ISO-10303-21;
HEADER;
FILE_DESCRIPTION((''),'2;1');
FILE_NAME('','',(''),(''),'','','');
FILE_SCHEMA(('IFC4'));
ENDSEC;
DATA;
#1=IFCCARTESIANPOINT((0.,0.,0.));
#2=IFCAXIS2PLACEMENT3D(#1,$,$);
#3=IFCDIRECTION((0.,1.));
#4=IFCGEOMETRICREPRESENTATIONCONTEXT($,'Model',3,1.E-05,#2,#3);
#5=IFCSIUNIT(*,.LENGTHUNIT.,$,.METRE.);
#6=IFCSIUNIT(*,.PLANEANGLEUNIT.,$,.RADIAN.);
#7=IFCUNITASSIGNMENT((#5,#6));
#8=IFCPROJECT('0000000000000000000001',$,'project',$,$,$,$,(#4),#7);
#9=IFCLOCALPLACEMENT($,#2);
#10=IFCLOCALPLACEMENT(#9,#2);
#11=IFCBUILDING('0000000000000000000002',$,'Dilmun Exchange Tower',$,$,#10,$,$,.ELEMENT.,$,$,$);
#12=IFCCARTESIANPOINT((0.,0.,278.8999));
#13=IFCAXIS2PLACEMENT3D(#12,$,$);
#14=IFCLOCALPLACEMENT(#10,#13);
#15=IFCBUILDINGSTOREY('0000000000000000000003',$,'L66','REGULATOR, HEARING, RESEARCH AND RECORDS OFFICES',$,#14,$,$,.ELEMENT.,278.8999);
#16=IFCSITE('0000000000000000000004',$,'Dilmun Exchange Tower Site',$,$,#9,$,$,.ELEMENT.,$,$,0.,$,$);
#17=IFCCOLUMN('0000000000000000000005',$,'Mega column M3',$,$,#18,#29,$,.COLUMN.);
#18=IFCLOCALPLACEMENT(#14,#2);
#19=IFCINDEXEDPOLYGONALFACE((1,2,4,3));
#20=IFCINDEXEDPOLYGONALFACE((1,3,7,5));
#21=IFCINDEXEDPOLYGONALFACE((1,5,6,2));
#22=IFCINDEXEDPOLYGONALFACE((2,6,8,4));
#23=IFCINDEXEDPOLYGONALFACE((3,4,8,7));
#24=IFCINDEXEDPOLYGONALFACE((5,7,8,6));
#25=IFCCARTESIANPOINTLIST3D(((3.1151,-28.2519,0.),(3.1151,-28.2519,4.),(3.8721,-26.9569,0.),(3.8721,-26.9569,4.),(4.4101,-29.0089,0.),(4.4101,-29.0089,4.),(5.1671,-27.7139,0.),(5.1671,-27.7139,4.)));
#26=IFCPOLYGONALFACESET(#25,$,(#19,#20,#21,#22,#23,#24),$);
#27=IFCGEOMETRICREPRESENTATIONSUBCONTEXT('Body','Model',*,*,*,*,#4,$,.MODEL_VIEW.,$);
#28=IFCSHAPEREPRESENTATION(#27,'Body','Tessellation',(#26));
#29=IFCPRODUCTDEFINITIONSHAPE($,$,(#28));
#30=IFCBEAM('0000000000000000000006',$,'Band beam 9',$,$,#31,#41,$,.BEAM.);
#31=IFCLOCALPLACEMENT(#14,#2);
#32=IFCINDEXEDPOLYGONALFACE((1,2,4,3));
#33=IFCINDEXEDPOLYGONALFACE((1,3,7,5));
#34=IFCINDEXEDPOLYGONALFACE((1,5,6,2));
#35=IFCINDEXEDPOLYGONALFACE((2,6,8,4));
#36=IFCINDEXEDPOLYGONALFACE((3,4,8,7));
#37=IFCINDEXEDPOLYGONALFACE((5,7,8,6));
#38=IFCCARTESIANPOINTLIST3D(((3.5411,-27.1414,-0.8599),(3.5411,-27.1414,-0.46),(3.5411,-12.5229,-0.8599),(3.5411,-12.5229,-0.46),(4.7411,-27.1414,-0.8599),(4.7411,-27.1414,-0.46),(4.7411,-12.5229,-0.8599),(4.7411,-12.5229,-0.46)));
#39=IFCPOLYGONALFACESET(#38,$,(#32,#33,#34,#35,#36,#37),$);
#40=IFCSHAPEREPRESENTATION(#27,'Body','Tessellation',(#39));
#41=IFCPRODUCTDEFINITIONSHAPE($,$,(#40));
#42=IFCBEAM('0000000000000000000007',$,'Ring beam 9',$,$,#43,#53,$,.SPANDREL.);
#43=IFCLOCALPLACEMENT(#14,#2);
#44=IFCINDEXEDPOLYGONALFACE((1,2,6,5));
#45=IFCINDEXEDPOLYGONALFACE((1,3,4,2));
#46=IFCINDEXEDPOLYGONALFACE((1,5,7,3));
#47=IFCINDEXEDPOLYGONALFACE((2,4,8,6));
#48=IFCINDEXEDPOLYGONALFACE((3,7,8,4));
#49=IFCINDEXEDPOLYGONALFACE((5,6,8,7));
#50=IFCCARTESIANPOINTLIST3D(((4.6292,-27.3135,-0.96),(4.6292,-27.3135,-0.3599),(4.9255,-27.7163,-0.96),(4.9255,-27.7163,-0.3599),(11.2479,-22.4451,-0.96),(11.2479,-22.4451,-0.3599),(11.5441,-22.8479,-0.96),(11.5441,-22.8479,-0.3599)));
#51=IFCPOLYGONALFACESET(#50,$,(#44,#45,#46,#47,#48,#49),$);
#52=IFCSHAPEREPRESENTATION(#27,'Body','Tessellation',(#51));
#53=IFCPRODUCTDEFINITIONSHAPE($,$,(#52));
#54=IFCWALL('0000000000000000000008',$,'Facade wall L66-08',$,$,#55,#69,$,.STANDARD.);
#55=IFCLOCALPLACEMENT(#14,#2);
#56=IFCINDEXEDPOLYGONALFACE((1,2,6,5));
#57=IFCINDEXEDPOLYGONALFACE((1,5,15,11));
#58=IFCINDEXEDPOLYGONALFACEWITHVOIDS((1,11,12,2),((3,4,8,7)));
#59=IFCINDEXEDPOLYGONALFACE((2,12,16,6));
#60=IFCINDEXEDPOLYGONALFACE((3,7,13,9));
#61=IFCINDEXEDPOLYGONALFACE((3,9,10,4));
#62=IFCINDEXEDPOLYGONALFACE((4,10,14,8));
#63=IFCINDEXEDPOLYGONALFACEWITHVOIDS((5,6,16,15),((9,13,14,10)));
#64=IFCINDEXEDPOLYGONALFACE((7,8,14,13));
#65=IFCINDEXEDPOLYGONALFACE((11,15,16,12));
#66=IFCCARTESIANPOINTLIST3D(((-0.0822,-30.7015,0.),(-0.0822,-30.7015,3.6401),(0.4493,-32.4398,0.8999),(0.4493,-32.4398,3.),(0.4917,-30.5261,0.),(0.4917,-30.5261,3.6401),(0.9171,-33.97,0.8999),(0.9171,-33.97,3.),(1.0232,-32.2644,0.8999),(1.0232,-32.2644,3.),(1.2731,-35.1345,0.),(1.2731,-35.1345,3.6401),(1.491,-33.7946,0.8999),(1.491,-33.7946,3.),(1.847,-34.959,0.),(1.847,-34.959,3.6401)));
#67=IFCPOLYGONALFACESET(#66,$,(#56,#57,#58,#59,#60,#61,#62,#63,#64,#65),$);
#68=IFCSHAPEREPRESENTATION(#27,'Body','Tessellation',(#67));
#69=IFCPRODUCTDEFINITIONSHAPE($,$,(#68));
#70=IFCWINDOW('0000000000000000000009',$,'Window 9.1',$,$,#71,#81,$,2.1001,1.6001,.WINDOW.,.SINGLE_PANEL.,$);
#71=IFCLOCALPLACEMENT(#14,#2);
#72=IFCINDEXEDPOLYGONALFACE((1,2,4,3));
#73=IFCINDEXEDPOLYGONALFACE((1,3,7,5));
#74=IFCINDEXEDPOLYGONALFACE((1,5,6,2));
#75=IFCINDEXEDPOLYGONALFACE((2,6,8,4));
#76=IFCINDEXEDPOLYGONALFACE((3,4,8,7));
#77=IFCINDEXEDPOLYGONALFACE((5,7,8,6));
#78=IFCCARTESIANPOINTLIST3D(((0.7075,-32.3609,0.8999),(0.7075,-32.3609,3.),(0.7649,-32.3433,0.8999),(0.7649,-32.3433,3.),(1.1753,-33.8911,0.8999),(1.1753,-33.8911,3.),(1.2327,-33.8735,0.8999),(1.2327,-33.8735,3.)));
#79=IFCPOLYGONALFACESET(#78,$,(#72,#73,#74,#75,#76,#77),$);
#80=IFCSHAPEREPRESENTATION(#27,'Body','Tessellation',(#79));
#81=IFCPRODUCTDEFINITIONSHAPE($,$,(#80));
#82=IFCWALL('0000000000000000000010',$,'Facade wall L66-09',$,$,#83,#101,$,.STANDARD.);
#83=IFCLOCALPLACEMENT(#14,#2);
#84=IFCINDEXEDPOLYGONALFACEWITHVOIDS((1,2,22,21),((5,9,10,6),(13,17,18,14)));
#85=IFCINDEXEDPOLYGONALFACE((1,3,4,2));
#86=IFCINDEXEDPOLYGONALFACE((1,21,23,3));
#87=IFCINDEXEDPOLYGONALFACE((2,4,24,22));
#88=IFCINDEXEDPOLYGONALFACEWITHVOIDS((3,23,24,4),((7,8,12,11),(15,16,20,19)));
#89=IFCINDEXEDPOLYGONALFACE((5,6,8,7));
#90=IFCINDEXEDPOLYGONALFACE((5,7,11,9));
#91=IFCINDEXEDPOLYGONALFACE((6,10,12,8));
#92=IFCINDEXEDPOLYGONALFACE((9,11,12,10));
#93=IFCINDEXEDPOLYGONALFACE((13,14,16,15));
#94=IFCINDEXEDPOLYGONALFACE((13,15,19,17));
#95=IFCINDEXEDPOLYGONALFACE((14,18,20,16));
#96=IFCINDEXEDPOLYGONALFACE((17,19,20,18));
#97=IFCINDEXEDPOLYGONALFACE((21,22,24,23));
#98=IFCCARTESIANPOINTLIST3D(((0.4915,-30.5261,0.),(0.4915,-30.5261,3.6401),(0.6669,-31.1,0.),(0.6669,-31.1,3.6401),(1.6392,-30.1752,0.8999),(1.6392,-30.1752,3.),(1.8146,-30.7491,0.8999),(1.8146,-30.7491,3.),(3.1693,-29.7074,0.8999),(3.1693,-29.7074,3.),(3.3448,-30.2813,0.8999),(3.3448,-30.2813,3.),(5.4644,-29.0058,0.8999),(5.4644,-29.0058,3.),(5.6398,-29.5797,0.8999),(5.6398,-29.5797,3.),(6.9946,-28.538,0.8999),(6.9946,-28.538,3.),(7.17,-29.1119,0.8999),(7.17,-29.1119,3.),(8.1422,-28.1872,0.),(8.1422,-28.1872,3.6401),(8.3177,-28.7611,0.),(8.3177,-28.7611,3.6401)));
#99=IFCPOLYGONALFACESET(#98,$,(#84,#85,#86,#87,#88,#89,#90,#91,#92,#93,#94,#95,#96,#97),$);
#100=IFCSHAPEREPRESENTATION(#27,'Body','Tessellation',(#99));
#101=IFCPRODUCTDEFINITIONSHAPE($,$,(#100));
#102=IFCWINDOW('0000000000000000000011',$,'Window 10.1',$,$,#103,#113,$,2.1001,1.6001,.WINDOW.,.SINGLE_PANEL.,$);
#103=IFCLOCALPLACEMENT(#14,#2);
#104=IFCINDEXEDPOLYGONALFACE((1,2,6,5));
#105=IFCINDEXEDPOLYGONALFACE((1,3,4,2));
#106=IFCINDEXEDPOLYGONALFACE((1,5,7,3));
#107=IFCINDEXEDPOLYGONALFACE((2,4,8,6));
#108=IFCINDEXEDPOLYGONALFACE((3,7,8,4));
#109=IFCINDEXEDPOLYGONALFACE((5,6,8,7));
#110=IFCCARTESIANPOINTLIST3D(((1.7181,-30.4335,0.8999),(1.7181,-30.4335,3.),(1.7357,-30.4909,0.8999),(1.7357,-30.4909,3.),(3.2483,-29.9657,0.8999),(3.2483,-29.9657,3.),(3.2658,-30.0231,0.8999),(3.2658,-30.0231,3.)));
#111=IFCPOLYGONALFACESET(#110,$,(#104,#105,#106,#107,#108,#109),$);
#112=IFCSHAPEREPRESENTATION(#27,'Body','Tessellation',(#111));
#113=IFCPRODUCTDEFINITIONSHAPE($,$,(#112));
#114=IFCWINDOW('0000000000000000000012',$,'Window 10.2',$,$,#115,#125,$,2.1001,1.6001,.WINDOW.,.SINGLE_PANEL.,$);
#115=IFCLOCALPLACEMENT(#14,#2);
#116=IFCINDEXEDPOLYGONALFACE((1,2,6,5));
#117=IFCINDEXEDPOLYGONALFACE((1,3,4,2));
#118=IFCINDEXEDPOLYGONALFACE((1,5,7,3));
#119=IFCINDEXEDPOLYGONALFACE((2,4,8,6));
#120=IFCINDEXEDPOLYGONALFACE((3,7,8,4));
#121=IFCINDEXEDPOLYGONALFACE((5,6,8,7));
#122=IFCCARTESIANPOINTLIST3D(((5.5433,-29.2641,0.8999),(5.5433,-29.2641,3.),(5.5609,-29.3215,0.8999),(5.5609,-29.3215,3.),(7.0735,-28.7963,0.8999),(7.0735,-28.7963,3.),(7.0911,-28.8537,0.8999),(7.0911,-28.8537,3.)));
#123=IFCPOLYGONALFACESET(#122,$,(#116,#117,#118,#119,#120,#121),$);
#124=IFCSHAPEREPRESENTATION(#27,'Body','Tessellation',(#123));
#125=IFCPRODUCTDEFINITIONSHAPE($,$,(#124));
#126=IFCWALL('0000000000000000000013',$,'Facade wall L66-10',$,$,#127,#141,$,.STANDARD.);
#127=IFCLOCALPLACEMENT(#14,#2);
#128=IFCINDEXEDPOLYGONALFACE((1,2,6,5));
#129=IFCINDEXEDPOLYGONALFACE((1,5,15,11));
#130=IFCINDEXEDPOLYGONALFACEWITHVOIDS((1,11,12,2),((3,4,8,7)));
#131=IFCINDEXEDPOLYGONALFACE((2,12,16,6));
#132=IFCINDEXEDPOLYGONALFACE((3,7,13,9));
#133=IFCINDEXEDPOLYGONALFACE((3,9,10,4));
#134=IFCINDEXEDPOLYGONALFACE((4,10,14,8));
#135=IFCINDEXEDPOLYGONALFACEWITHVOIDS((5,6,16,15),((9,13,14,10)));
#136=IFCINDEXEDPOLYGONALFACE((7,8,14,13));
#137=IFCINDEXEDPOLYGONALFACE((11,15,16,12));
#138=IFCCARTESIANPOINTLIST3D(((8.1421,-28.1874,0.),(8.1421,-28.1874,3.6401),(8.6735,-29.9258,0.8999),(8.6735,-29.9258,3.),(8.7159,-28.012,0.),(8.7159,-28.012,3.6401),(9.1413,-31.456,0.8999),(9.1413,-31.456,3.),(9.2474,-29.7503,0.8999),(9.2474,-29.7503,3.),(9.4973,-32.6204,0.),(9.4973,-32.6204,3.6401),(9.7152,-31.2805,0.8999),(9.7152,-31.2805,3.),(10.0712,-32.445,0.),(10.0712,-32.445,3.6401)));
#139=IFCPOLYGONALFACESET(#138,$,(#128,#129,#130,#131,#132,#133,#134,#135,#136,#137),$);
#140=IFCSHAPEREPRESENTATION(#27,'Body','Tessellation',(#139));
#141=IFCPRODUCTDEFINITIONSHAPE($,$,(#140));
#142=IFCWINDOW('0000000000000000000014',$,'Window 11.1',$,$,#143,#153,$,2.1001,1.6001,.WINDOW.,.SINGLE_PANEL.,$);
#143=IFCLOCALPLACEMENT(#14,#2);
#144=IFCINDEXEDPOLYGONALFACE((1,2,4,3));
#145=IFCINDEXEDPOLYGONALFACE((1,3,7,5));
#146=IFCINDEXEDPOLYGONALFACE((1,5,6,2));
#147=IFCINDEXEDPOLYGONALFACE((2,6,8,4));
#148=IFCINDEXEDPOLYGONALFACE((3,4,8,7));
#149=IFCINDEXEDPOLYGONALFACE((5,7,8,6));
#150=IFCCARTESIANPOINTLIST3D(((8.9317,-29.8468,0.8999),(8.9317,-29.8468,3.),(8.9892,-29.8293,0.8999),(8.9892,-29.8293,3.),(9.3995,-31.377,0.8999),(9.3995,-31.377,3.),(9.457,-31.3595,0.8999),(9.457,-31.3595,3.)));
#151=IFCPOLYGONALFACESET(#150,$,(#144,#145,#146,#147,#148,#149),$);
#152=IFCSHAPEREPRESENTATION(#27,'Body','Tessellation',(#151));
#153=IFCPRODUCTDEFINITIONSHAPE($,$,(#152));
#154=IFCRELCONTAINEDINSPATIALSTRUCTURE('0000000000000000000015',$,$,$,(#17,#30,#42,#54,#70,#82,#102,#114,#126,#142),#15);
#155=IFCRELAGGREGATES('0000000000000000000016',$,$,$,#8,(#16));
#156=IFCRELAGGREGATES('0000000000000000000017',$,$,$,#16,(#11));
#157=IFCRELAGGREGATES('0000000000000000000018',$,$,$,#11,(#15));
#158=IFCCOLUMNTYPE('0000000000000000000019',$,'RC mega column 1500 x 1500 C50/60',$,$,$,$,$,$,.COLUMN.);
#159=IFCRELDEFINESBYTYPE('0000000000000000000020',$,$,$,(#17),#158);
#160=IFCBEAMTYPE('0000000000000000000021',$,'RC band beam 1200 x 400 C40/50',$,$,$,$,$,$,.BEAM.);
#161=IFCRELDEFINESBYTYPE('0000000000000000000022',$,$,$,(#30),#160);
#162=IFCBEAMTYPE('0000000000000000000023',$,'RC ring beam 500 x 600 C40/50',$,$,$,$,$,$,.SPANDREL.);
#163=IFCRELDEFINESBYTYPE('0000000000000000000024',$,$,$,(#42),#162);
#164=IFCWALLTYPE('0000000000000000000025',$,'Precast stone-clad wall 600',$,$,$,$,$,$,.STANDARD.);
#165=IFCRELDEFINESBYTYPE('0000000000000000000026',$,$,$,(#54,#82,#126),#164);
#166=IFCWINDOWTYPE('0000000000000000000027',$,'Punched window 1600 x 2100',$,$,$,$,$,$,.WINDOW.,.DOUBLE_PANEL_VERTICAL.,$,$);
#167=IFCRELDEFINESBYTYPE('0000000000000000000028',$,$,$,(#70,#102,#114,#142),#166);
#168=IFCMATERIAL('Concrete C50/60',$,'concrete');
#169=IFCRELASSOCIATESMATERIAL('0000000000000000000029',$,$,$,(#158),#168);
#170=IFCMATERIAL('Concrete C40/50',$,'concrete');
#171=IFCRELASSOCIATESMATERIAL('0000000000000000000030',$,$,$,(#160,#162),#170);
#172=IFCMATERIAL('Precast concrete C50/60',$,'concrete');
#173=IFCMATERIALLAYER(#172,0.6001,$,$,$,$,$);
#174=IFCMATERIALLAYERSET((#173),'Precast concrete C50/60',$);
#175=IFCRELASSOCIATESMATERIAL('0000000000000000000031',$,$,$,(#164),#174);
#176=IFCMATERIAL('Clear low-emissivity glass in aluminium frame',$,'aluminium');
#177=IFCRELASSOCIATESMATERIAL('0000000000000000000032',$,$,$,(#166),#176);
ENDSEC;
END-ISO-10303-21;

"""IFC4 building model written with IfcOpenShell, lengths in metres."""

from ifc_helpers import new_model, si_unit, direction, frame, frame_2d, origin, origin_2d, place, context, subcontext, project, spatial, rectangle, extrude, material, layer, layer_set, material_profile, profile_set, type_object, element, fill, save


model = new_model("IFC4")

# Units and contexts
model_context = context("Model", 3, precision=1e-05, world=origin(), true_north=direction((0.0, 1.0)))
body_context = subcontext(model_context, "Body", "Model", "MODEL_VIEW")
ifc_project = project(units=[si_unit("LENGTHUNIT", "METRE"), si_unit("PLANEANGLEUNIT", "RADIAN")], contexts=[model_context])

# Site, building, storey
site_placement = place(None, origin())
site = spatial("IfcSite", under=ifc_project, at=site_placement, Name="Dilmun Exchange Tower Site", CompositionType="ELEMENT", RefElevation=0.0)
building_placement = place(site_placement, origin())
building = spatial("IfcBuilding", under=site, at=building_placement, Name="Dilmun Exchange Tower", CompositionType="ELEMENT")
storey_placement = place(building_placement, frame((0.0, 0.0, 278.8999)))
storey = spatial("IfcBuildingStorey", under=building, at=storey_placement, Name="L66", Description="REGULATOR, HEARING, RESEARCH AND RECORDS OFFICES", CompositionType="ELEMENT", Elevation=278.8999)

# Column
ifc_material_1 = material(Name="Concrete C50/60", Category="concrete")
ifc_material_profile_1 = material_profile(ifc_material_1, rectangle(XDim=1.5, YDim=1.5, at=origin_2d()), Name="1500 x 1500")
ifc_profile_set_1 = profile_set([ifc_material_profile_1], Name="Concrete C50/60")
column_type = type_object("IfcColumnType", Name="RC mega column 1500 x 1500 C50/60", PredefinedType="COLUMN", material=ifc_profile_set_1)
column_placement = place(storey_placement, frame((4.1411, -27.9829, 0.0), z_axis=(0.0, 0.0, 1.0), x_axis=(0.504644, 0.863328, 0.0)))
element("IfcColumn", 1, at=column_placement, inside=storey, type_object=column_type, Name="Mega column M3", PredefinedType="COLUMN", context=body_context, shape_type="SweptSolid", body=[
    extrude(rectangle(XDim=1.5, YDim=1.5, at=origin_2d()), origin(), (0.0, 0.0, 1.0), 4.0),
])

# Beams
ifc_material_2 = material(Name="Concrete C40/50", Category="concrete")
ifc_material_profile_2 = material_profile(ifc_material_2, rectangle(XDim=1.2, YDim=0.3999, at=origin_2d()), Name="1200 x 400")
ifc_profile_set_2 = profile_set([ifc_material_profile_2], Name="Concrete C40/50")
beam_type_1 = type_object("IfcBeamType", Name="RC band beam 1200 x 400 C40/50", PredefinedType="BEAM", material=ifc_profile_set_2)
beam_1_placement = place(storey_placement, frame((4.1411, -27.1414, -0.6599), z_axis=(0.0, 1.0, 0.0), x_axis=(-1.0, 0.0, 0.0)))
element("IfcBeam", 2, at=beam_1_placement, inside=storey, type_object=beam_type_1, Name="Band beam 9", PredefinedType="BEAM", context=body_context, shape_type="SweptSolid", body=[
    extrude(rectangle(XDim=1.2, YDim=0.3999, at=origin_2d()), origin(), (0.0, 0.0, 1.0), 14.6184),
])
ifc_material_profile_3 = material_profile(ifc_material_2, rectangle(XDim=0.5, YDim=0.6001, at=origin_2d()), Name="500 x 600")
ifc_profile_set_3 = profile_set([ifc_material_profile_3], Name="Concrete C40/50")
beam_type_2 = type_object("IfcBeamType", Name="RC ring beam 500 x 600 C40/50", PredefinedType="SPANDREL", material=ifc_profile_set_3)
beam_2_placement = place(storey_placement, frame((4.7773, -27.5149, -0.6599), z_axis=(0.805549, 0.592529, 0.0), x_axis=(-0.592529, 0.805549, 0.0)))
element("IfcBeam", 3, at=beam_2_placement, inside=storey, type_object=beam_type_2, Name="Ring beam 9", PredefinedType="SPANDREL", context=body_context, shape_type="SweptSolid", body=[
    extrude(rectangle(XDim=0.5, YDim=0.6001, at=origin_2d()), origin(), (0.0, 0.0, 1.0), 8.2163),
])

# Wall, opening, window
ifc_material_3 = material(Name="Precast concrete C50/60", Category="concrete")
ifc_layer = layer(ifc_material_3, 0.6001)
ifc_layer_set = layer_set([ifc_layer], Name="Precast concrete C50/60")
wall_type = type_object("IfcWallType", Name="Precast stone-clad wall 600", PredefinedType="STANDARD", material=ifc_layer_set)
wall_1_placement = place(storey_placement, frame((1.5601, -35.0469, 0.0), z_axis=(0.0, 0.0, 1.0), x_axis=(-0.292364, 0.956307, 0.0)))
wall_1 = element("IfcWall", 4, at=wall_1_placement, inside=storey, type_object=wall_type, Name="Facade wall L66-08", PredefinedType="STANDARD", context=body_context, shape_type="SweptSolid", body=[
    extrude(rectangle(XDim=4.6355, YDim=0.6001, at=frame_2d((2.3179, 0.0))), origin(), (0.0, 0.0, 1.0), 3.6401),
])
opening_1_placement = place(wall_1_placement, frame((1.2178, 0.0, 0.8999)))
opening_1 = element("IfcOpeningElement", 5, at=opening_1_placement, cuts=wall_1, PredefinedType="OPENING", context=body_context, shape_type="SweptSolid", body=[
    extrude(rectangle(XDim=1.6001, YDim=2.1001, at=frame_2d((0.8, 1.05))), frame((0.0, 0.3101, 0.0), z_axis=(0.0, -1.0, 0.0), x_axis=(1.0, 0.0, 0.0)), (0.0, 0.0, 1.0), 0.6201),
])
ifc_material_4 = material(Name="Clear low-emissivity glass in aluminium frame", Category="aluminium")
window_type_1 = type_object("IfcWindowType", Name="Punched window 1600 x 2100", PartitioningType="DOUBLE_PANEL_VERTICAL", PredefinedType="WINDOW", material=ifc_material_4)
window_1_placement = place(opening_1_placement, origin())
window_1 = element("IfcWindow", 6, at=window_1_placement, inside=storey, type_object=window_type_1, Name="Window 9.1", OverallHeight=2.1001, OverallWidth=1.6001, PartitioningType="SINGLE_PANEL", PredefinedType="WINDOW", context=body_context, shape_type="SweptSolid", body=[
    extrude(rectangle(XDim=1.6001, YDim=2.1001, at=frame_2d((0.8, 1.05))), frame((0.0, 0.03, 0.0), z_axis=(0.0, -1.0, 0.0), x_axis=(1.0, 0.0, 0.0)), (0.0, 0.0, 1.0), 0.0601),
])
fill(opening_1, window_1)

# Wall, openings, windows
wall_2_placement = place(storey_placement, frame((0.5793, -30.813, 0.0), z_axis=(0.0, 0.0, 1.0), x_axis=(0.956311, 0.292353, 0.0)))
wall_2 = element("IfcWall", 7, at=wall_2_placement, inside=storey, type_object=wall_type, Name="Facade wall L66-09", PredefinedType="STANDARD", context=body_context, shape_type="SweptSolid", body=[
    extrude(rectangle(XDim=8.0002, YDim=0.6001, at=frame_2d((4.0, 0.0))), origin(), (0.0, 0.0, 1.0), 3.6401),
])
opening_2_placement = place(wall_2_placement, frame((1.2, 0.0, 0.8999)))
opening_2 = element("IfcOpeningElement", 8, at=opening_2_placement, cuts=wall_2, PredefinedType="OPENING", context=body_context, shape_type="SweptSolid", body=[
    extrude(rectangle(XDim=1.6001, YDim=2.1001, at=frame_2d((0.8, 1.05))), frame((0.0, 0.3101, 0.0), z_axis=(0.0, -1.0, 0.0), x_axis=(1.0, 0.0, 0.0)), (0.0, 0.0, 1.0), 0.6201),
])
opening_3_placement = place(wall_2_placement, frame((5.2, 0.0, 0.8999)))
opening_3 = element("IfcOpeningElement", 9, at=opening_3_placement, cuts=wall_2, PredefinedType="OPENING", context=body_context, shape_type="SweptSolid", body=[
    extrude(rectangle(XDim=1.6001, YDim=2.1001, at=frame_2d((0.8, 1.05))), frame((0.0, 0.3101, 0.0), z_axis=(0.0, -1.0, 0.0), x_axis=(1.0, 0.0, 0.0)), (0.0, 0.0, 1.0), 0.6201),
])
window_2_placement = place(opening_2_placement, origin())
window_2 = element("IfcWindow", 10, at=window_2_placement, inside=storey, type_object=window_type_1, Name="Window 10.1", OverallHeight=2.1001, OverallWidth=1.6001, PartitioningType="SINGLE_PANEL", PredefinedType="WINDOW", context=body_context, shape_type="SweptSolid", body=[
    extrude(rectangle(XDim=1.6001, YDim=2.1001, at=frame_2d((0.8, 1.05))), frame((0.0, 0.03, 0.0), z_axis=(0.0, -1.0, 0.0), x_axis=(1.0, 0.0, 0.0)), (0.0, 0.0, 1.0), 0.0601),
])
fill(opening_2, window_2)
window_3_placement = place(opening_3_placement, origin())
window_3 = element("IfcWindow", 11, at=window_3_placement, inside=storey, type_object=window_type_1, Name="Window 10.2", OverallHeight=2.1001, OverallWidth=1.6001, PartitioningType="SINGLE_PANEL", PredefinedType="WINDOW", context=body_context, shape_type="SweptSolid", body=[
    extrude(rectangle(XDim=1.6001, YDim=2.1001, at=frame_2d((0.8, 1.05))), frame((0.0, 0.03, 0.0), z_axis=(0.0, -1.0, 0.0), x_axis=(1.0, 0.0, 0.0)), (0.0, 0.0, 1.0), 0.0601),
])
fill(opening_3, window_3)

# Wall, opening, window
wall_3_placement = place(storey_placement, frame((8.429, -28.0996, 0.0), z_axis=(0.0, 0.0, 1.0), x_axis=(0.292364, -0.956307, 0.0)))
wall_3 = element("IfcWall", 12, at=wall_3_placement, inside=storey, type_object=wall_type, Name="Facade wall L66-10", PredefinedType="STANDARD", context=body_context, shape_type="SweptSolid", body=[
    extrude(rectangle(XDim=4.6355, YDim=0.6001, at=frame_2d((2.3179, 0.0))), origin(), (0.0, 0.0, 1.0), 3.6401),
])
opening_4_placement = place(wall_3_placement, frame((1.8179, 0.0, 0.8999)))
opening_4 = element("IfcOpeningElement", 13, at=opening_4_placement, cuts=wall_3, PredefinedType="OPENING", context=body_context, shape_type="SweptSolid", body=[
    extrude(rectangle(XDim=1.6001, YDim=2.1001, at=frame_2d((0.8, 1.05))), frame((0.0, 0.3101, 0.0), z_axis=(0.0, -1.0, 0.0), x_axis=(1.0, 0.0, 0.0)), (0.0, 0.0, 1.0), 0.6201),
])
window_4_placement = place(opening_4_placement, origin())
window_4 = element("IfcWindow", 14, at=window_4_placement, inside=storey, type_object=window_type_1, Name="Window 11.1", OverallHeight=2.1001, OverallWidth=1.6001, PartitioningType="SINGLE_PANEL", PredefinedType="WINDOW", context=body_context, shape_type="SweptSolid", body=[
    extrude(rectangle(XDim=1.6001, YDim=2.1001, at=frame_2d((0.8, 1.05))), frame((0.0, 0.03, 0.0), z_axis=(0.0, -1.0, 0.0), x_axis=(1.0, 0.0, 0.0)), (0.0, 0.0, 1.0), 0.0601),
])
fill(opening_4, window_4)

save(model, "model.ifc")
